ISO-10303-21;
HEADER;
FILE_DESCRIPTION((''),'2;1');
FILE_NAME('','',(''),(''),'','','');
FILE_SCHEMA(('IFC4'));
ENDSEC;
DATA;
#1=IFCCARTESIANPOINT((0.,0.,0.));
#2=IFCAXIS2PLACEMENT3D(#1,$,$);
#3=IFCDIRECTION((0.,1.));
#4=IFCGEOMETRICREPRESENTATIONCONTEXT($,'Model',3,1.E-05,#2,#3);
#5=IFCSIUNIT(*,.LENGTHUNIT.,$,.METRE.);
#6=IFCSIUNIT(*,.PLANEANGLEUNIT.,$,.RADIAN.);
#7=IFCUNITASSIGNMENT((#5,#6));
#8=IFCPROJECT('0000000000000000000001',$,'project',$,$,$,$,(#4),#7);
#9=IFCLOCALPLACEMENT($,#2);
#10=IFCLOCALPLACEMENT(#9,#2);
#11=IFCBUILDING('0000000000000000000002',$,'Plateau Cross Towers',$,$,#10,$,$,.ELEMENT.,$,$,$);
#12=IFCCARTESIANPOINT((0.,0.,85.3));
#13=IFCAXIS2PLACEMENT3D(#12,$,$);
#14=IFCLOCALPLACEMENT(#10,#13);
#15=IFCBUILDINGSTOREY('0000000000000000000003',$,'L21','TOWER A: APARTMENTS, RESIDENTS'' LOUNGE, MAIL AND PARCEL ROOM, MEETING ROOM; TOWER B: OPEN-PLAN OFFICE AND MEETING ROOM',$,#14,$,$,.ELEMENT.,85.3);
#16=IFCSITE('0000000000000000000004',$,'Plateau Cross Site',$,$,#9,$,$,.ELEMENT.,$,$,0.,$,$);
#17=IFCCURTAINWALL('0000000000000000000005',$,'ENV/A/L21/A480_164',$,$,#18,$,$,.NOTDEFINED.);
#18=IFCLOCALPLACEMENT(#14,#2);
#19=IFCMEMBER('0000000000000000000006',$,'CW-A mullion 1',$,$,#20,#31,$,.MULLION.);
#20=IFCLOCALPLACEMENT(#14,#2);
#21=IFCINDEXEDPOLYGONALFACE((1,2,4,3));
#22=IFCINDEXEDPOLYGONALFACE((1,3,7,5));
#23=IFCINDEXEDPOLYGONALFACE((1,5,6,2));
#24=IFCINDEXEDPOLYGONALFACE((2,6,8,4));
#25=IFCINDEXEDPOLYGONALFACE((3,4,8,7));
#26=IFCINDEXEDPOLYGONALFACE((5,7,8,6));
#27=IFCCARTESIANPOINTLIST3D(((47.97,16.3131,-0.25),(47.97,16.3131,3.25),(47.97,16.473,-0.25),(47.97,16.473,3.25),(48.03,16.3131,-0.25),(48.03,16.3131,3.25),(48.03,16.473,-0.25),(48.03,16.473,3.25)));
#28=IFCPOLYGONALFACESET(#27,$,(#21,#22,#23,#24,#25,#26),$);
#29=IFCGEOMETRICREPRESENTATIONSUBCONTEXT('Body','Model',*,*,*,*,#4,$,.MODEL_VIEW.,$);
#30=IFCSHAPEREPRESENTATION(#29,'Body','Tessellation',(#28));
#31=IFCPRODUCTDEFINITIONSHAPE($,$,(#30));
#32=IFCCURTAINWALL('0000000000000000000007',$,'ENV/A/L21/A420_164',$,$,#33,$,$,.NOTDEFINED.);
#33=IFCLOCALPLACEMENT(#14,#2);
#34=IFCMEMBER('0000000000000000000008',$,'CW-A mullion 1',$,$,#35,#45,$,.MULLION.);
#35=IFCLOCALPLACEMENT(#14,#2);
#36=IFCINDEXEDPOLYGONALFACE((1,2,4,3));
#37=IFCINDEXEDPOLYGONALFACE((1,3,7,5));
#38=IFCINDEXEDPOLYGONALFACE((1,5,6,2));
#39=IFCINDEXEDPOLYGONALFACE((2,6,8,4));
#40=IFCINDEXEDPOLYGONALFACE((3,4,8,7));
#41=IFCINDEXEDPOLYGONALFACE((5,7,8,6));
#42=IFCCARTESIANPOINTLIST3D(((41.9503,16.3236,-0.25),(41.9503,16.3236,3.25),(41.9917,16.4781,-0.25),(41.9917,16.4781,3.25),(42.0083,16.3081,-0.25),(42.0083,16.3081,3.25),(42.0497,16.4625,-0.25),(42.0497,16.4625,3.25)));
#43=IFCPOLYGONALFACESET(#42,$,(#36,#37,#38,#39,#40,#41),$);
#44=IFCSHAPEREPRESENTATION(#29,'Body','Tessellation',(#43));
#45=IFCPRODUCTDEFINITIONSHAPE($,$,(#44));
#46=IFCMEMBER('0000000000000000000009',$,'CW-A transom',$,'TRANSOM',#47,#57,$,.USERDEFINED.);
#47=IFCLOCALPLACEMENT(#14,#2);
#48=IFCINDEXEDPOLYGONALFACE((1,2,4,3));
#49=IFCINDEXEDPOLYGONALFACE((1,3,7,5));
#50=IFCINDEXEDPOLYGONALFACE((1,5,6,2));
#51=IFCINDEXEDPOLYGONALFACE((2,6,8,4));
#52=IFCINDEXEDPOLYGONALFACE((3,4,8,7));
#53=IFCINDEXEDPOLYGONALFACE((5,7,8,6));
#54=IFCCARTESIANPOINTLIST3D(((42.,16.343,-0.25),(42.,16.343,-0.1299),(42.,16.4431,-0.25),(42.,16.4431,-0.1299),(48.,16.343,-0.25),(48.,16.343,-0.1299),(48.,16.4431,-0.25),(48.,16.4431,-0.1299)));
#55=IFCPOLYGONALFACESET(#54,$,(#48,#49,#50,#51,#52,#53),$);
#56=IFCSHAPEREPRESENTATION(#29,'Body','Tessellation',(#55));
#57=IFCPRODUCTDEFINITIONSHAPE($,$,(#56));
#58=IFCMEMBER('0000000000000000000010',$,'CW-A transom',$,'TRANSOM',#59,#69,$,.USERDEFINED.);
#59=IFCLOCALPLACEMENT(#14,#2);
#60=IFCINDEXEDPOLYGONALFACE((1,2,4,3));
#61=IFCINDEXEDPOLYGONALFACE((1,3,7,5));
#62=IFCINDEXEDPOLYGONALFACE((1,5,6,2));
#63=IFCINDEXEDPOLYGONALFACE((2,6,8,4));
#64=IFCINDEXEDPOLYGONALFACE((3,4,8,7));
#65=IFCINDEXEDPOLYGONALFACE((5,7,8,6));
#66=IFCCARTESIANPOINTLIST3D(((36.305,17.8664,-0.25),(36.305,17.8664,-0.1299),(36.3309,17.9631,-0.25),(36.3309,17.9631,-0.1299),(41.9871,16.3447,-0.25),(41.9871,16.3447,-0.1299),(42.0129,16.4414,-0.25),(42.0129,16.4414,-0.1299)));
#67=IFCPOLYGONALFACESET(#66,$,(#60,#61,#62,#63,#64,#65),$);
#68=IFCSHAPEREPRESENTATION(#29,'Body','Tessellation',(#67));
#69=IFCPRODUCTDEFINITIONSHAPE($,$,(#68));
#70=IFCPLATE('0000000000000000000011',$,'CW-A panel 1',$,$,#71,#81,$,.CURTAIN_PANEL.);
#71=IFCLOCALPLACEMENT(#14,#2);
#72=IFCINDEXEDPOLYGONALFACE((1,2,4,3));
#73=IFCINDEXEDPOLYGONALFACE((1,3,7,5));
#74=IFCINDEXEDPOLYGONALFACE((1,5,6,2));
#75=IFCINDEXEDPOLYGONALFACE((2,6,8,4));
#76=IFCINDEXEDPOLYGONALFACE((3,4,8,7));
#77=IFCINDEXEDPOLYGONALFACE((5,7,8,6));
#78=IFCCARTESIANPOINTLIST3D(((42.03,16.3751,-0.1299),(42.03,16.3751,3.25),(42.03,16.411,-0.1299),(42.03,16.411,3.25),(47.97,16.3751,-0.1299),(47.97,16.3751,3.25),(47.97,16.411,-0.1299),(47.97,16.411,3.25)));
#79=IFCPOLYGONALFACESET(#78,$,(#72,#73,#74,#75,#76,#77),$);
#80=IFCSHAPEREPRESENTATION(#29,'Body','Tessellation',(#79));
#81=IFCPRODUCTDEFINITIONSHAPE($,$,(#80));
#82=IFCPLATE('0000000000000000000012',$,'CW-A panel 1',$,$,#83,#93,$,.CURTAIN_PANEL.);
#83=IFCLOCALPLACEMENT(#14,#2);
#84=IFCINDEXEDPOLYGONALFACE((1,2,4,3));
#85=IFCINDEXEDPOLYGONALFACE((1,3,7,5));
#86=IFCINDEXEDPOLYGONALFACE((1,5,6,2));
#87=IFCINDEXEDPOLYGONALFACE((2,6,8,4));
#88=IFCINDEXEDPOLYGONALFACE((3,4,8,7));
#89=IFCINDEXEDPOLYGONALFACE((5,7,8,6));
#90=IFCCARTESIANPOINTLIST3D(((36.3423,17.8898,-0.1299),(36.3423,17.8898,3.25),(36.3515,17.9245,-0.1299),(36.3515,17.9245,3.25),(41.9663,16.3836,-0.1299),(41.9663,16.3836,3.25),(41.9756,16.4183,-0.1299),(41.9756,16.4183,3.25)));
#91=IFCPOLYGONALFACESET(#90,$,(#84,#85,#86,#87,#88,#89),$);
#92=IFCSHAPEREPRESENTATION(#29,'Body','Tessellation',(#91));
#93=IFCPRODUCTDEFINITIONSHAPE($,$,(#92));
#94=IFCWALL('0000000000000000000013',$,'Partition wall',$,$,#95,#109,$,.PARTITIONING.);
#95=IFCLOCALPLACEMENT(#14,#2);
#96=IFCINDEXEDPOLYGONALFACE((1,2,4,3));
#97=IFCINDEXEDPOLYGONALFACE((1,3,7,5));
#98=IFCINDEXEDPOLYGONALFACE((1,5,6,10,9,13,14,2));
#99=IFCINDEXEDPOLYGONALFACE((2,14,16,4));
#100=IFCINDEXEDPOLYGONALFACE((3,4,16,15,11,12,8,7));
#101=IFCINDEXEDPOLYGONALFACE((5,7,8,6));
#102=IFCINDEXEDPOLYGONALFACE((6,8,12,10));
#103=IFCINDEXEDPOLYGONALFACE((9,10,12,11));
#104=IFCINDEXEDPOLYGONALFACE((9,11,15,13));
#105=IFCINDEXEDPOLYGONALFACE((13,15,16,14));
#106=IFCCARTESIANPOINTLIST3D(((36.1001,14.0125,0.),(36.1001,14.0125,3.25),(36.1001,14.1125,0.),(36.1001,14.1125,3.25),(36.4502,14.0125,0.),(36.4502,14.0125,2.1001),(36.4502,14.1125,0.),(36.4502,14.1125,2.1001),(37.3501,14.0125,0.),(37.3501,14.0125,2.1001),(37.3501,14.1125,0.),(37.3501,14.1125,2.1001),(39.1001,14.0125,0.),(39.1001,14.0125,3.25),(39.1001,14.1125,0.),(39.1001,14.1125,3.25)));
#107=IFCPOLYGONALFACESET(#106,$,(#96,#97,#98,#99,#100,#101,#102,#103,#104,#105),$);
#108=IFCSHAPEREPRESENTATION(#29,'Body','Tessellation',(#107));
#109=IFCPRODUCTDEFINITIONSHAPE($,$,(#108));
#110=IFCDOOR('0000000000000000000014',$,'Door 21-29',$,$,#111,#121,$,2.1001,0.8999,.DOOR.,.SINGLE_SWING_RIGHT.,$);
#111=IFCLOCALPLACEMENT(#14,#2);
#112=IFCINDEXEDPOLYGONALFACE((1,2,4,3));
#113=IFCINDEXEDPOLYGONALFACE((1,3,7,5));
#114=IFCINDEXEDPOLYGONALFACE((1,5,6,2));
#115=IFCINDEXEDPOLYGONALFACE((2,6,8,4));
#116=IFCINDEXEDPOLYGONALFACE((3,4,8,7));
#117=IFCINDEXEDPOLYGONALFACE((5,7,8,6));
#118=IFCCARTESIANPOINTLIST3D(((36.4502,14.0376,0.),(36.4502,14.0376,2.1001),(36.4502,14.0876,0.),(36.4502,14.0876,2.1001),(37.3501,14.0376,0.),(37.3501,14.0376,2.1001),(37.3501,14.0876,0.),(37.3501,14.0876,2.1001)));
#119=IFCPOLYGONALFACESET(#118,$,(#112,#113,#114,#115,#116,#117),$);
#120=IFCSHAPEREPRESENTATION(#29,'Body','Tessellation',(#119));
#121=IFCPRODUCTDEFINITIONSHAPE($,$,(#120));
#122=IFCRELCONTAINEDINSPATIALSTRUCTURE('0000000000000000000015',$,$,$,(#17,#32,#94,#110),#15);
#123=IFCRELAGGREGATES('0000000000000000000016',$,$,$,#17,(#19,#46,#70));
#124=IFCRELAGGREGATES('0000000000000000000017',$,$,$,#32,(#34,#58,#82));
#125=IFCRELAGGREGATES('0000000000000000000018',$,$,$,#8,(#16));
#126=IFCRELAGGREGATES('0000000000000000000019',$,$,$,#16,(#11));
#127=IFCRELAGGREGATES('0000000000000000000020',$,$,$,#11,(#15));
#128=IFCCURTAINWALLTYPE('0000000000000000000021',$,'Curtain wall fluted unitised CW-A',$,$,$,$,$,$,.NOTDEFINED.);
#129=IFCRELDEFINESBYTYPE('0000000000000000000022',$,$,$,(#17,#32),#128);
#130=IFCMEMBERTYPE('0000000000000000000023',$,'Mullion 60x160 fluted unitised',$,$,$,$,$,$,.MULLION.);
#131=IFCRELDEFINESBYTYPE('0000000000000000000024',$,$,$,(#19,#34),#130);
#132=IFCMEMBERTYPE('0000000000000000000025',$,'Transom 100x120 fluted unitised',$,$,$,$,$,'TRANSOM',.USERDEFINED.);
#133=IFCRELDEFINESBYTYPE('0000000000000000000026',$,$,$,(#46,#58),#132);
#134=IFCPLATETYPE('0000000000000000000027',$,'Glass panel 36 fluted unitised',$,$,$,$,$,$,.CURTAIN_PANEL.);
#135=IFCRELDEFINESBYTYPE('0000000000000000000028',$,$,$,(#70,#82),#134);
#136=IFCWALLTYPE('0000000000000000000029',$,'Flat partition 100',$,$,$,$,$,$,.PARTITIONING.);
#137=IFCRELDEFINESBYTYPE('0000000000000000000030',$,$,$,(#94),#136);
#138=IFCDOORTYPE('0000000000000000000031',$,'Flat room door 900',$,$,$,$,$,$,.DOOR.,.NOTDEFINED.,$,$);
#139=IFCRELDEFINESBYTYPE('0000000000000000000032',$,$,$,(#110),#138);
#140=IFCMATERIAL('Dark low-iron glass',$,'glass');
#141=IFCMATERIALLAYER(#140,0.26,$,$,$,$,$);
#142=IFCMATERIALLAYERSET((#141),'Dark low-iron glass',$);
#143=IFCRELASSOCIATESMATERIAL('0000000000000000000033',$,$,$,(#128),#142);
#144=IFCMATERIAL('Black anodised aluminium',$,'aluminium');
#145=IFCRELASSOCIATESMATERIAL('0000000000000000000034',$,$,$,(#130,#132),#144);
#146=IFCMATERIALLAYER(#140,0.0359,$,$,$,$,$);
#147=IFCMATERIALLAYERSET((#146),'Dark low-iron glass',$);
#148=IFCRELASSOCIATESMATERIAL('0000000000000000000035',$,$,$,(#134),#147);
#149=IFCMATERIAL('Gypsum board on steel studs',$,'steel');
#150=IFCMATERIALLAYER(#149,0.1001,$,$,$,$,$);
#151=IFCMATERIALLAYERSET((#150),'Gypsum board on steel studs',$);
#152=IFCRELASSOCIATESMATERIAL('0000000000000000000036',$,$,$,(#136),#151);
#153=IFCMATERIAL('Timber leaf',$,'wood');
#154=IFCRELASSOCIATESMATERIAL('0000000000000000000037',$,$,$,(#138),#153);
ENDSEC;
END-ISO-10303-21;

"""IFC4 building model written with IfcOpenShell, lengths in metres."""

from ifc_helpers import new_model, si_unit, direction, frame, frame_2d, origin, origin_2d, place, context, subcontext, project, spatial, rectangle, extrude, material, layer, layer_set, material_profile, profile_set, type_object, element, fill, aggregate, save


model = new_model("IFC4")

# Units and contexts
model_context = context("Model", 3, precision=1e-05, world=origin(), true_north=direction((0.0, 1.0)))
body_context = subcontext(model_context, "Body", "Model", "MODEL_VIEW")
ifc_project = project(units=[si_unit("LENGTHUNIT", "METRE"), si_unit("PLANEANGLEUNIT", "RADIAN")], contexts=[model_context])

# Site, building, storey
site_placement = place(None, origin())
site = spatial("IfcSite", under=ifc_project, at=site_placement, Name="Plateau Cross Site", CompositionType="ELEMENT", RefElevation=0.0)
building_placement = place(site_placement, origin())
building = spatial("IfcBuilding", under=site, at=building_placement, Name="Plateau Cross Towers", CompositionType="ELEMENT")
storey_placement = place(building_placement, frame((0.0, 0.0, 85.3)))
storey = spatial("IfcBuildingStorey", under=building, at=storey_placement, Name="L21", Description="TOWER A: APARTMENTS, RESIDENTS' LOUNGE, MAIL AND PARCEL ROOM, MEETING ROOM; TOWER B: OPEN-PLAN OFFICE AND MEETING ROOM", CompositionType="ELEMENT", Elevation=85.3)

# Curtain walls, members
ifc_material_1 = material(Name="Dark low-iron glass", Category="glass")
ifc_layer_1 = layer(ifc_material_1, 0.26)
ifc_layer_set_1 = layer_set([ifc_layer_1], Name="Dark low-iron glass")
curtain_wall_type = type_object("IfcCurtainWallType", Name="Curtain wall fluted unitised CW-A", PredefinedType="NOTDEFINED", material=ifc_layer_set_1)
curtain_wall_1_placement = place(storey_placement, origin())
curtain_wall_1 = element("IfcCurtainWall", 1, at=curtain_wall_1_placement, inside=storey, type_object=curtain_wall_type, Name="ENV/A/L21/A480_164", PredefinedType="NOTDEFINED")
ifc_material_2 = material(Name="Black anodised aluminium", Category="aluminium")
ifc_material_profile_1 = material_profile(ifc_material_2, rectangle(XDim=0.0601, YDim=0.1599, at=origin_2d()), Name="MULLION 60x160")
ifc_profile_set_1 = profile_set([ifc_material_profile_1], Name="Black anodised aluminium")
member_type_1 = type_object("IfcMemberType", Name="Mullion 60x160 fluted unitised", PredefinedType="MULLION", material=ifc_profile_set_1)
member_1_placement = place(storey_placement, frame((48.0, 16.3931, -0.25), z_axis=(0.0, 0.0, 1.0), x_axis=(-1.0, 0.0, 0.0)))
member_1 = element("IfcMember", 2, at=member_1_placement, type_object=member_type_1, Name="CW-A mullion 1", PredefinedType="MULLION", context=body_context, shape_type="SweptSolid", body=[
    extrude(rectangle(XDim=0.0601, YDim=0.1599, at=origin_2d()), origin(), (0.0, 0.0, 1.0), 3.5),
])
curtain_wall_2_placement = place(storey_placement, origin())
curtain_wall_2 = element("IfcCurtainWall", 3, at=curtain_wall_2_placement, inside=storey, type_object=curtain_wall_type, Name="ENV/A/L21/A420_164", PredefinedType="NOTDEFINED")
member_2_placement = place(storey_placement, frame((42.0, 16.3931, -0.25), z_axis=(0.0, 0.0, 1.0), x_axis=(-0.965958, 0.258699, 0.0)))
member_2 = element("IfcMember", 4, at=member_2_placement, type_object=member_type_1, Name="CW-A mullion 1", PredefinedType="MULLION", context=body_context, shape_type="SweptSolid", body=[
    extrude(rectangle(XDim=0.0601, YDim=0.1599, at=origin_2d()), origin(), (0.0, 0.0, 1.0), 3.5),
])

# Members
ifc_material_profile_2 = material_profile(ifc_material_2, rectangle(XDim=0.1001, YDim=0.1201, at=origin_2d()), Name="TRANSOM 100x120")
ifc_profile_set_2 = profile_set([ifc_material_profile_2], Name="Black anodised aluminium")
member_type_2 = type_object("IfcMemberType", Name="Transom 100x120 fluted unitised", ElementType="TRANSOM", PredefinedType="USERDEFINED", material=ifc_profile_set_2)
member_3_placement = place(storey_placement, frame((48.0, 16.3931, -0.1899), z_axis=(-1.0, 0.0, 0.0), x_axis=(0.0, -1.0, 0.0)))
member_3 = element("IfcMember", 5, at=member_3_placement, type_object=member_type_2, Name="CW-A transom", ObjectType="TRANSOM", PredefinedType="USERDEFINED", context=body_context, shape_type="SweptSolid", body=[
    extrude(rectangle(XDim=0.1001, YDim=0.1201, at=origin_2d()), origin(), (0.0, 0.0, 1.0), 6.0),
])
member_4_placement = place(storey_placement, frame((42.0, 16.3931, -0.1899), z_axis=(-0.96596, 0.258693, 0.0), x_axis=(-0.258693, -0.96596, 0.0)))
member_4 = element("IfcMember", 6, at=member_4_placement, type_object=member_type_2, Name="CW-A transom", ObjectType="TRANSOM", PredefinedType="USERDEFINED", context=body_context, shape_type="SweptSolid", body=[
    extrude(rectangle(XDim=0.1001, YDim=0.1201, at=origin_2d()), origin(), (0.0, 0.0, 1.0), 5.8823),
])

# Plates
ifc_layer_2 = layer(ifc_material_1, 0.0359)
ifc_layer_set_2 = layer_set([ifc_layer_2], Name="Dark low-iron glass")
plate_type = type_object("IfcPlateType", Name="Glass panel 36 fluted unitised", PredefinedType="CURTAIN_PANEL", material=ifc_layer_set_2)
plate_1_placement = place(storey_placement, frame((45.0, 16.3931, -0.1299), z_axis=(0.0, 0.0, 1.0), x_axis=(-1.0, 0.0, 0.0)))
plate_1 = element("IfcPlate", 7, at=plate_1_placement, type_object=plate_type, Name="CW-A panel 1", PredefinedType="CURTAIN_PANEL", context=body_context, shape_type="SweptSolid", body=[
    extrude(rectangle(XDim=5.9399, YDim=0.0359, at=origin_2d()), origin(), (0.0, 0.0, 1.0), 3.3799),
])
aggregate(curtain_wall_1, [member_1, member_3, plate_1])
plate_2_placement = place(storey_placement, frame((39.1589, 17.1541, -0.1299), z_axis=(0.0, 0.0, 1.0), x_axis=(-0.965958, 0.258699, 0.0)))
plate_2 = element("IfcPlate", 8, at=plate_2_placement, type_object=plate_type, Name="CW-A panel 1", PredefinedType="CURTAIN_PANEL", context=body_context, shape_type="SweptSolid", body=[
    extrude(rectangle(XDim=5.8223, YDim=0.0359, at=origin_2d()), origin(), (0.0, 0.0, 1.0), 3.3799),
])
aggregate(curtain_wall_2, [member_2, member_4, plate_2])

# Wall, opening, door
ifc_material_3 = material(Name="Gypsum board on steel studs", Category="steel")
ifc_layer_3 = layer(ifc_material_3, 0.1001)
ifc_layer_set_3 = layer_set([ifc_layer_3], Name="Gypsum board on steel studs")
wall_type_1 = type_object("IfcWallType", Name="Flat partition 100", PredefinedType="PARTITIONING", material=ifc_layer_set_3)
wall_1_placement = place(storey_placement, frame((39.1001, 14.0625, 0.0), z_axis=(0.0, 0.0, 1.0), x_axis=(-1.0, 0.0, 0.0)))
wall_1 = element("IfcWall", 9, at=wall_1_placement, inside=storey, type_object=wall_type_1, Name="Partition wall", PredefinedType="PARTITIONING", context=body_context, shape_type="SweptSolid", body=[
    extrude(rectangle(XDim=3.0, YDim=0.1001, at=frame_2d((1.5, 0.0))), origin(), (0.0, 0.0, 1.0), 3.25),
])
opening_1_placement = place(wall_1_placement, frame((1.75, 0.0, 0.0)))
opening_1 = element("IfcOpeningElement", 10, at=opening_1_placement, cuts=wall_1, PredefinedType="OPENING", context=body_context, shape_type="SweptSolid", body=[
    extrude(rectangle(XDim=0.8999, YDim=2.1001, at=frame_2d((0.45, 1.05))), frame((0.0, 0.0601, 0.0), z_axis=(0.0, -1.0, 0.0), x_axis=(1.0, 0.0, 0.0)), (0.0, 0.0, 1.0), 0.1201),
])
ifc_material_4 = material(Name="Timber leaf", Category="wood")
door_type = type_object("IfcDoorType", Name="Flat room door 900", OperationType="NOTDEFINED", PredefinedType="DOOR", material=ifc_material_4)
door_1_placement = place(opening_1_placement, origin())
door_1 = element("IfcDoor", 11, at=door_1_placement, inside=storey, type_object=door_type, Name="Door 21-29", OperationType="SINGLE_SWING_RIGHT", OverallHeight=2.1001, OverallWidth=0.8999, PredefinedType="DOOR", context=body_context, shape_type="SweptSolid", body=[
    extrude(rectangle(XDim=0.8999, YDim=2.1001, at=frame_2d((0.45, 1.05))), frame((0.0, 0.0249, 0.0), z_axis=(0.0, -1.0, 0.0), x_axis=(1.0, 0.0, 0.0)), (0.0, 0.0, 1.0), 0.05),
])
fill(opening_1, door_1)

save(model, "model.ifc")
